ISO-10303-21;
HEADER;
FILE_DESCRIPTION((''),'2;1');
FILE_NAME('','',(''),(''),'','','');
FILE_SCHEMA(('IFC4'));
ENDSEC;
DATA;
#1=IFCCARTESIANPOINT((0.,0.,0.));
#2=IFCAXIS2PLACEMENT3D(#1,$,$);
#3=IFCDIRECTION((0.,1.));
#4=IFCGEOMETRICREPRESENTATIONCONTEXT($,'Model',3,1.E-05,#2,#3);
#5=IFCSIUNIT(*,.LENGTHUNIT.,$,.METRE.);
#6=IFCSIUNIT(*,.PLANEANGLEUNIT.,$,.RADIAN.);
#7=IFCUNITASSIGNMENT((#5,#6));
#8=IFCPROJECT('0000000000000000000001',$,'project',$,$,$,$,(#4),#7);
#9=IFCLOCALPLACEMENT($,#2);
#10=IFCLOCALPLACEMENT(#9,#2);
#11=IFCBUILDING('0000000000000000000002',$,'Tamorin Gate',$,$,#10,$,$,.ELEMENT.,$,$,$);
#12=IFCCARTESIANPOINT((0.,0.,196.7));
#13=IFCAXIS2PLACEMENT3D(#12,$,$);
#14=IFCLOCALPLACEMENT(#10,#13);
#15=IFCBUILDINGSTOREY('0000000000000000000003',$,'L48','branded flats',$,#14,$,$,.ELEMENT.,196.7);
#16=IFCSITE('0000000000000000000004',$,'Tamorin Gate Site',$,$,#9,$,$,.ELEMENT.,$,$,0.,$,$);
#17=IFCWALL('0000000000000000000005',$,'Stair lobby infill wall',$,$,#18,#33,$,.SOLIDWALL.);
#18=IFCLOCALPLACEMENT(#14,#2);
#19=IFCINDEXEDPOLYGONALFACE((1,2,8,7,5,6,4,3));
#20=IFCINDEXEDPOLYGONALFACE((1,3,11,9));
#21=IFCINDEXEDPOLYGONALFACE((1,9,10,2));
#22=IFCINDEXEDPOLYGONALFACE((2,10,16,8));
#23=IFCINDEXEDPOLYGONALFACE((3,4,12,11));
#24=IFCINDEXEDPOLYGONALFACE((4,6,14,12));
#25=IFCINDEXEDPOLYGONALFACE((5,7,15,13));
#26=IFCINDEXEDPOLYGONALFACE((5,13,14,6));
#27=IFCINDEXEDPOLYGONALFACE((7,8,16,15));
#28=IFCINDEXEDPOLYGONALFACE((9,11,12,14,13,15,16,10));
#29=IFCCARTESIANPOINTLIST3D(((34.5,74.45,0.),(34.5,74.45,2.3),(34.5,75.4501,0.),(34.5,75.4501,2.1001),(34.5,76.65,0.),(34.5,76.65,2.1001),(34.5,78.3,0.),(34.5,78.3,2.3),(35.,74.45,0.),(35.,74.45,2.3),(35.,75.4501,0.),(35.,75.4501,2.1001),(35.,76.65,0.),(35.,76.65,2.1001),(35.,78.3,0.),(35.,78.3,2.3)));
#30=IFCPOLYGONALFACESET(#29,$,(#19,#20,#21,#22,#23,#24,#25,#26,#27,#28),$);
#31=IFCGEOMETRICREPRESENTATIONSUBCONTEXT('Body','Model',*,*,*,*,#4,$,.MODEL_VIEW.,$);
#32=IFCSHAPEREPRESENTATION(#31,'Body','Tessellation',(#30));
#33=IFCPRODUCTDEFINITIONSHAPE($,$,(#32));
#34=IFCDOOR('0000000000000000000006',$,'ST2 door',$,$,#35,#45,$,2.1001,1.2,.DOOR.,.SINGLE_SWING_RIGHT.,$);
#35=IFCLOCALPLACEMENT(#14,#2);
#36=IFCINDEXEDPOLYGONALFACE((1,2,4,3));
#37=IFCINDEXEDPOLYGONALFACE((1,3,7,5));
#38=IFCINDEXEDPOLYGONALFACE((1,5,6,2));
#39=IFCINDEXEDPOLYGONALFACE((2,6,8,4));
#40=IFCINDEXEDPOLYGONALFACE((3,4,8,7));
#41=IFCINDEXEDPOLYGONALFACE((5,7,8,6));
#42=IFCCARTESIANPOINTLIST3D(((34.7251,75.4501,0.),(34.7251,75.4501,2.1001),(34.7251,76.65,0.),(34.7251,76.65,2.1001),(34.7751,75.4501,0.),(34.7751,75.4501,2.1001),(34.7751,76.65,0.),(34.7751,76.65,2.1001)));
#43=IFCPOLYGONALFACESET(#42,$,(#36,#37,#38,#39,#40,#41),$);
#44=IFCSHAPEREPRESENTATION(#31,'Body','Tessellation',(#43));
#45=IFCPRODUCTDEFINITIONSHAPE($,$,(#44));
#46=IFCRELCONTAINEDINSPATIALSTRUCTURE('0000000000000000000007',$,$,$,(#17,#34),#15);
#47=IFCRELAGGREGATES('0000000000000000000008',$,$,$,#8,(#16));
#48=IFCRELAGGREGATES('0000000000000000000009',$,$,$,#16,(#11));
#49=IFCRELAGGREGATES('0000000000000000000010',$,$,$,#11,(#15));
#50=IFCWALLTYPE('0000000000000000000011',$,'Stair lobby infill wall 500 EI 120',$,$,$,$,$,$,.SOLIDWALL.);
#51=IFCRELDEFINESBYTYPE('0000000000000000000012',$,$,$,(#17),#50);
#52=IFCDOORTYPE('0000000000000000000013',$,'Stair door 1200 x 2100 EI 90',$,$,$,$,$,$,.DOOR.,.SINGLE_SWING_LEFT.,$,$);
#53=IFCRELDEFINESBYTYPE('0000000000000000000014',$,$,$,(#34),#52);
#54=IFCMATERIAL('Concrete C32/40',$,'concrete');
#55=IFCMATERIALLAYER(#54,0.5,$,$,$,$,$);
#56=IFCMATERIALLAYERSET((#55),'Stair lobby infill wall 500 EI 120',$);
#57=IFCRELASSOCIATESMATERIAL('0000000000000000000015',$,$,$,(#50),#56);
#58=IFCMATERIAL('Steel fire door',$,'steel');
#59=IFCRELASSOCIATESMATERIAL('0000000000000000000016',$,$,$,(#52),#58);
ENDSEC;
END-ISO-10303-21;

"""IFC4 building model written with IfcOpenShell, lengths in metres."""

from ifc_helpers import new_model, si_unit, direction, frame, frame_2d, origin, place, context, subcontext, project, spatial, rectangle, extrude, material, layer, layer_set, type_object, element, fill, save


model = new_model("IFC4")

# Units and contexts
model_context = context("Model", 3, precision=1e-05, world=origin(), true_north=direction((0.0, 1.0)))
body_context = subcontext(model_context, "Body", "Model", "MODEL_VIEW")
ifc_project = project(units=[si_unit("LENGTHUNIT", "METRE"), si_unit("PLANEANGLEUNIT", "RADIAN")], contexts=[model_context])

# Site, building, storey
site_placement = place(None, origin())
site = spatial("IfcSite", under=ifc_project, at=site_placement, Name="Tamorin Gate Site", CompositionType="ELEMENT", RefElevation=0.0)
building_placement = place(site_placement, origin())
building = spatial("IfcBuilding", under=site, at=building_placement, Name="Tamorin Gate", CompositionType="ELEMENT")
storey_placement = place(building_placement, frame((0.0, 0.0, 196.7)))
storey = spatial("IfcBuildingStorey", under=building, at=storey_placement, Name="L48", Description="branded flats", CompositionType="ELEMENT", Elevation=196.7)

# Wall, opening, door
ifc_material_1 = material(Name="Steel fire door", Category="steel")
ifc_material_2 = material(Name="Concrete C32/40", Category="concrete")
ifc_layer_1 = layer(ifc_material_2, 0.5)
ifc_layer_set_1 = layer_set([ifc_layer_1], Name="Stair lobby infill wall 500 EI 120")
wall_type_1 = type_object("IfcWallType", Name="Stair lobby infill wall 500 EI 120", PredefinedType="SOLIDWALL", material=ifc_layer_set_1)
door_type_1 = type_object("IfcDoorType", Name="Stair door 1200 x 2100 EI 90", OperationType="SINGLE_SWING_LEFT", PredefinedType="DOOR", material=ifc_material_1)
wall_1_placement = place(storey_placement, frame((34.75, 74.45, 0.0), z_axis=(0.0, 0.0, 1.0), x_axis=(0.0, 1.0, 0.0)))
wall_1 = element("IfcWall", 1, at=wall_1_placement, inside=storey, type_object=wall_type_1, Name="Stair lobby infill wall", PredefinedType="SOLIDWALL", context=body_context, shape_type="SweptSolid", body=[
    extrude(rectangle(XDim=3.8501, YDim=0.5, at=frame_2d((1.925, 0.0))), origin(), (0.0, 0.0, 1.0), 2.3),
])
opening_1_placement = place(wall_1_placement, frame((1.0, 0.0, 0.0)))
opening_1 = element("IfcOpeningElement", 2, at=opening_1_placement, cuts=wall_1, PredefinedType="OPENING", context=body_context, shape_type="SweptSolid", body=[
    extrude(rectangle(XDim=1.2, YDim=2.1001, at=frame_2d((0.6001, 1.05))), frame((0.0, 0.26, 0.0), z_axis=(0.0, -1.0, 0.0), x_axis=(1.0, 0.0, 0.0)), (0.0, 0.0, 1.0), 0.52),
])
door_1_placement = place(opening_1_placement, origin())
door_1 = element("IfcDoor", 3, at=door_1_placement, inside=storey, type_object=door_type_1, Name="ST2 door", OperationType="SINGLE_SWING_RIGHT", OverallHeight=2.1001, OverallWidth=1.2, PredefinedType="DOOR", context=body_context, shape_type="SweptSolid", body=[
    extrude(rectangle(XDim=1.2, YDim=2.1001, at=frame_2d((0.6001, 1.05))), frame((0.0, 0.0249, 0.0), z_axis=(0.0, -1.0, 0.0), x_axis=(1.0, 0.0, 0.0)), (0.0, 0.0, 1.0), 0.05),
])
fill(opening_1, door_1)

save(model, "model.ifc")
